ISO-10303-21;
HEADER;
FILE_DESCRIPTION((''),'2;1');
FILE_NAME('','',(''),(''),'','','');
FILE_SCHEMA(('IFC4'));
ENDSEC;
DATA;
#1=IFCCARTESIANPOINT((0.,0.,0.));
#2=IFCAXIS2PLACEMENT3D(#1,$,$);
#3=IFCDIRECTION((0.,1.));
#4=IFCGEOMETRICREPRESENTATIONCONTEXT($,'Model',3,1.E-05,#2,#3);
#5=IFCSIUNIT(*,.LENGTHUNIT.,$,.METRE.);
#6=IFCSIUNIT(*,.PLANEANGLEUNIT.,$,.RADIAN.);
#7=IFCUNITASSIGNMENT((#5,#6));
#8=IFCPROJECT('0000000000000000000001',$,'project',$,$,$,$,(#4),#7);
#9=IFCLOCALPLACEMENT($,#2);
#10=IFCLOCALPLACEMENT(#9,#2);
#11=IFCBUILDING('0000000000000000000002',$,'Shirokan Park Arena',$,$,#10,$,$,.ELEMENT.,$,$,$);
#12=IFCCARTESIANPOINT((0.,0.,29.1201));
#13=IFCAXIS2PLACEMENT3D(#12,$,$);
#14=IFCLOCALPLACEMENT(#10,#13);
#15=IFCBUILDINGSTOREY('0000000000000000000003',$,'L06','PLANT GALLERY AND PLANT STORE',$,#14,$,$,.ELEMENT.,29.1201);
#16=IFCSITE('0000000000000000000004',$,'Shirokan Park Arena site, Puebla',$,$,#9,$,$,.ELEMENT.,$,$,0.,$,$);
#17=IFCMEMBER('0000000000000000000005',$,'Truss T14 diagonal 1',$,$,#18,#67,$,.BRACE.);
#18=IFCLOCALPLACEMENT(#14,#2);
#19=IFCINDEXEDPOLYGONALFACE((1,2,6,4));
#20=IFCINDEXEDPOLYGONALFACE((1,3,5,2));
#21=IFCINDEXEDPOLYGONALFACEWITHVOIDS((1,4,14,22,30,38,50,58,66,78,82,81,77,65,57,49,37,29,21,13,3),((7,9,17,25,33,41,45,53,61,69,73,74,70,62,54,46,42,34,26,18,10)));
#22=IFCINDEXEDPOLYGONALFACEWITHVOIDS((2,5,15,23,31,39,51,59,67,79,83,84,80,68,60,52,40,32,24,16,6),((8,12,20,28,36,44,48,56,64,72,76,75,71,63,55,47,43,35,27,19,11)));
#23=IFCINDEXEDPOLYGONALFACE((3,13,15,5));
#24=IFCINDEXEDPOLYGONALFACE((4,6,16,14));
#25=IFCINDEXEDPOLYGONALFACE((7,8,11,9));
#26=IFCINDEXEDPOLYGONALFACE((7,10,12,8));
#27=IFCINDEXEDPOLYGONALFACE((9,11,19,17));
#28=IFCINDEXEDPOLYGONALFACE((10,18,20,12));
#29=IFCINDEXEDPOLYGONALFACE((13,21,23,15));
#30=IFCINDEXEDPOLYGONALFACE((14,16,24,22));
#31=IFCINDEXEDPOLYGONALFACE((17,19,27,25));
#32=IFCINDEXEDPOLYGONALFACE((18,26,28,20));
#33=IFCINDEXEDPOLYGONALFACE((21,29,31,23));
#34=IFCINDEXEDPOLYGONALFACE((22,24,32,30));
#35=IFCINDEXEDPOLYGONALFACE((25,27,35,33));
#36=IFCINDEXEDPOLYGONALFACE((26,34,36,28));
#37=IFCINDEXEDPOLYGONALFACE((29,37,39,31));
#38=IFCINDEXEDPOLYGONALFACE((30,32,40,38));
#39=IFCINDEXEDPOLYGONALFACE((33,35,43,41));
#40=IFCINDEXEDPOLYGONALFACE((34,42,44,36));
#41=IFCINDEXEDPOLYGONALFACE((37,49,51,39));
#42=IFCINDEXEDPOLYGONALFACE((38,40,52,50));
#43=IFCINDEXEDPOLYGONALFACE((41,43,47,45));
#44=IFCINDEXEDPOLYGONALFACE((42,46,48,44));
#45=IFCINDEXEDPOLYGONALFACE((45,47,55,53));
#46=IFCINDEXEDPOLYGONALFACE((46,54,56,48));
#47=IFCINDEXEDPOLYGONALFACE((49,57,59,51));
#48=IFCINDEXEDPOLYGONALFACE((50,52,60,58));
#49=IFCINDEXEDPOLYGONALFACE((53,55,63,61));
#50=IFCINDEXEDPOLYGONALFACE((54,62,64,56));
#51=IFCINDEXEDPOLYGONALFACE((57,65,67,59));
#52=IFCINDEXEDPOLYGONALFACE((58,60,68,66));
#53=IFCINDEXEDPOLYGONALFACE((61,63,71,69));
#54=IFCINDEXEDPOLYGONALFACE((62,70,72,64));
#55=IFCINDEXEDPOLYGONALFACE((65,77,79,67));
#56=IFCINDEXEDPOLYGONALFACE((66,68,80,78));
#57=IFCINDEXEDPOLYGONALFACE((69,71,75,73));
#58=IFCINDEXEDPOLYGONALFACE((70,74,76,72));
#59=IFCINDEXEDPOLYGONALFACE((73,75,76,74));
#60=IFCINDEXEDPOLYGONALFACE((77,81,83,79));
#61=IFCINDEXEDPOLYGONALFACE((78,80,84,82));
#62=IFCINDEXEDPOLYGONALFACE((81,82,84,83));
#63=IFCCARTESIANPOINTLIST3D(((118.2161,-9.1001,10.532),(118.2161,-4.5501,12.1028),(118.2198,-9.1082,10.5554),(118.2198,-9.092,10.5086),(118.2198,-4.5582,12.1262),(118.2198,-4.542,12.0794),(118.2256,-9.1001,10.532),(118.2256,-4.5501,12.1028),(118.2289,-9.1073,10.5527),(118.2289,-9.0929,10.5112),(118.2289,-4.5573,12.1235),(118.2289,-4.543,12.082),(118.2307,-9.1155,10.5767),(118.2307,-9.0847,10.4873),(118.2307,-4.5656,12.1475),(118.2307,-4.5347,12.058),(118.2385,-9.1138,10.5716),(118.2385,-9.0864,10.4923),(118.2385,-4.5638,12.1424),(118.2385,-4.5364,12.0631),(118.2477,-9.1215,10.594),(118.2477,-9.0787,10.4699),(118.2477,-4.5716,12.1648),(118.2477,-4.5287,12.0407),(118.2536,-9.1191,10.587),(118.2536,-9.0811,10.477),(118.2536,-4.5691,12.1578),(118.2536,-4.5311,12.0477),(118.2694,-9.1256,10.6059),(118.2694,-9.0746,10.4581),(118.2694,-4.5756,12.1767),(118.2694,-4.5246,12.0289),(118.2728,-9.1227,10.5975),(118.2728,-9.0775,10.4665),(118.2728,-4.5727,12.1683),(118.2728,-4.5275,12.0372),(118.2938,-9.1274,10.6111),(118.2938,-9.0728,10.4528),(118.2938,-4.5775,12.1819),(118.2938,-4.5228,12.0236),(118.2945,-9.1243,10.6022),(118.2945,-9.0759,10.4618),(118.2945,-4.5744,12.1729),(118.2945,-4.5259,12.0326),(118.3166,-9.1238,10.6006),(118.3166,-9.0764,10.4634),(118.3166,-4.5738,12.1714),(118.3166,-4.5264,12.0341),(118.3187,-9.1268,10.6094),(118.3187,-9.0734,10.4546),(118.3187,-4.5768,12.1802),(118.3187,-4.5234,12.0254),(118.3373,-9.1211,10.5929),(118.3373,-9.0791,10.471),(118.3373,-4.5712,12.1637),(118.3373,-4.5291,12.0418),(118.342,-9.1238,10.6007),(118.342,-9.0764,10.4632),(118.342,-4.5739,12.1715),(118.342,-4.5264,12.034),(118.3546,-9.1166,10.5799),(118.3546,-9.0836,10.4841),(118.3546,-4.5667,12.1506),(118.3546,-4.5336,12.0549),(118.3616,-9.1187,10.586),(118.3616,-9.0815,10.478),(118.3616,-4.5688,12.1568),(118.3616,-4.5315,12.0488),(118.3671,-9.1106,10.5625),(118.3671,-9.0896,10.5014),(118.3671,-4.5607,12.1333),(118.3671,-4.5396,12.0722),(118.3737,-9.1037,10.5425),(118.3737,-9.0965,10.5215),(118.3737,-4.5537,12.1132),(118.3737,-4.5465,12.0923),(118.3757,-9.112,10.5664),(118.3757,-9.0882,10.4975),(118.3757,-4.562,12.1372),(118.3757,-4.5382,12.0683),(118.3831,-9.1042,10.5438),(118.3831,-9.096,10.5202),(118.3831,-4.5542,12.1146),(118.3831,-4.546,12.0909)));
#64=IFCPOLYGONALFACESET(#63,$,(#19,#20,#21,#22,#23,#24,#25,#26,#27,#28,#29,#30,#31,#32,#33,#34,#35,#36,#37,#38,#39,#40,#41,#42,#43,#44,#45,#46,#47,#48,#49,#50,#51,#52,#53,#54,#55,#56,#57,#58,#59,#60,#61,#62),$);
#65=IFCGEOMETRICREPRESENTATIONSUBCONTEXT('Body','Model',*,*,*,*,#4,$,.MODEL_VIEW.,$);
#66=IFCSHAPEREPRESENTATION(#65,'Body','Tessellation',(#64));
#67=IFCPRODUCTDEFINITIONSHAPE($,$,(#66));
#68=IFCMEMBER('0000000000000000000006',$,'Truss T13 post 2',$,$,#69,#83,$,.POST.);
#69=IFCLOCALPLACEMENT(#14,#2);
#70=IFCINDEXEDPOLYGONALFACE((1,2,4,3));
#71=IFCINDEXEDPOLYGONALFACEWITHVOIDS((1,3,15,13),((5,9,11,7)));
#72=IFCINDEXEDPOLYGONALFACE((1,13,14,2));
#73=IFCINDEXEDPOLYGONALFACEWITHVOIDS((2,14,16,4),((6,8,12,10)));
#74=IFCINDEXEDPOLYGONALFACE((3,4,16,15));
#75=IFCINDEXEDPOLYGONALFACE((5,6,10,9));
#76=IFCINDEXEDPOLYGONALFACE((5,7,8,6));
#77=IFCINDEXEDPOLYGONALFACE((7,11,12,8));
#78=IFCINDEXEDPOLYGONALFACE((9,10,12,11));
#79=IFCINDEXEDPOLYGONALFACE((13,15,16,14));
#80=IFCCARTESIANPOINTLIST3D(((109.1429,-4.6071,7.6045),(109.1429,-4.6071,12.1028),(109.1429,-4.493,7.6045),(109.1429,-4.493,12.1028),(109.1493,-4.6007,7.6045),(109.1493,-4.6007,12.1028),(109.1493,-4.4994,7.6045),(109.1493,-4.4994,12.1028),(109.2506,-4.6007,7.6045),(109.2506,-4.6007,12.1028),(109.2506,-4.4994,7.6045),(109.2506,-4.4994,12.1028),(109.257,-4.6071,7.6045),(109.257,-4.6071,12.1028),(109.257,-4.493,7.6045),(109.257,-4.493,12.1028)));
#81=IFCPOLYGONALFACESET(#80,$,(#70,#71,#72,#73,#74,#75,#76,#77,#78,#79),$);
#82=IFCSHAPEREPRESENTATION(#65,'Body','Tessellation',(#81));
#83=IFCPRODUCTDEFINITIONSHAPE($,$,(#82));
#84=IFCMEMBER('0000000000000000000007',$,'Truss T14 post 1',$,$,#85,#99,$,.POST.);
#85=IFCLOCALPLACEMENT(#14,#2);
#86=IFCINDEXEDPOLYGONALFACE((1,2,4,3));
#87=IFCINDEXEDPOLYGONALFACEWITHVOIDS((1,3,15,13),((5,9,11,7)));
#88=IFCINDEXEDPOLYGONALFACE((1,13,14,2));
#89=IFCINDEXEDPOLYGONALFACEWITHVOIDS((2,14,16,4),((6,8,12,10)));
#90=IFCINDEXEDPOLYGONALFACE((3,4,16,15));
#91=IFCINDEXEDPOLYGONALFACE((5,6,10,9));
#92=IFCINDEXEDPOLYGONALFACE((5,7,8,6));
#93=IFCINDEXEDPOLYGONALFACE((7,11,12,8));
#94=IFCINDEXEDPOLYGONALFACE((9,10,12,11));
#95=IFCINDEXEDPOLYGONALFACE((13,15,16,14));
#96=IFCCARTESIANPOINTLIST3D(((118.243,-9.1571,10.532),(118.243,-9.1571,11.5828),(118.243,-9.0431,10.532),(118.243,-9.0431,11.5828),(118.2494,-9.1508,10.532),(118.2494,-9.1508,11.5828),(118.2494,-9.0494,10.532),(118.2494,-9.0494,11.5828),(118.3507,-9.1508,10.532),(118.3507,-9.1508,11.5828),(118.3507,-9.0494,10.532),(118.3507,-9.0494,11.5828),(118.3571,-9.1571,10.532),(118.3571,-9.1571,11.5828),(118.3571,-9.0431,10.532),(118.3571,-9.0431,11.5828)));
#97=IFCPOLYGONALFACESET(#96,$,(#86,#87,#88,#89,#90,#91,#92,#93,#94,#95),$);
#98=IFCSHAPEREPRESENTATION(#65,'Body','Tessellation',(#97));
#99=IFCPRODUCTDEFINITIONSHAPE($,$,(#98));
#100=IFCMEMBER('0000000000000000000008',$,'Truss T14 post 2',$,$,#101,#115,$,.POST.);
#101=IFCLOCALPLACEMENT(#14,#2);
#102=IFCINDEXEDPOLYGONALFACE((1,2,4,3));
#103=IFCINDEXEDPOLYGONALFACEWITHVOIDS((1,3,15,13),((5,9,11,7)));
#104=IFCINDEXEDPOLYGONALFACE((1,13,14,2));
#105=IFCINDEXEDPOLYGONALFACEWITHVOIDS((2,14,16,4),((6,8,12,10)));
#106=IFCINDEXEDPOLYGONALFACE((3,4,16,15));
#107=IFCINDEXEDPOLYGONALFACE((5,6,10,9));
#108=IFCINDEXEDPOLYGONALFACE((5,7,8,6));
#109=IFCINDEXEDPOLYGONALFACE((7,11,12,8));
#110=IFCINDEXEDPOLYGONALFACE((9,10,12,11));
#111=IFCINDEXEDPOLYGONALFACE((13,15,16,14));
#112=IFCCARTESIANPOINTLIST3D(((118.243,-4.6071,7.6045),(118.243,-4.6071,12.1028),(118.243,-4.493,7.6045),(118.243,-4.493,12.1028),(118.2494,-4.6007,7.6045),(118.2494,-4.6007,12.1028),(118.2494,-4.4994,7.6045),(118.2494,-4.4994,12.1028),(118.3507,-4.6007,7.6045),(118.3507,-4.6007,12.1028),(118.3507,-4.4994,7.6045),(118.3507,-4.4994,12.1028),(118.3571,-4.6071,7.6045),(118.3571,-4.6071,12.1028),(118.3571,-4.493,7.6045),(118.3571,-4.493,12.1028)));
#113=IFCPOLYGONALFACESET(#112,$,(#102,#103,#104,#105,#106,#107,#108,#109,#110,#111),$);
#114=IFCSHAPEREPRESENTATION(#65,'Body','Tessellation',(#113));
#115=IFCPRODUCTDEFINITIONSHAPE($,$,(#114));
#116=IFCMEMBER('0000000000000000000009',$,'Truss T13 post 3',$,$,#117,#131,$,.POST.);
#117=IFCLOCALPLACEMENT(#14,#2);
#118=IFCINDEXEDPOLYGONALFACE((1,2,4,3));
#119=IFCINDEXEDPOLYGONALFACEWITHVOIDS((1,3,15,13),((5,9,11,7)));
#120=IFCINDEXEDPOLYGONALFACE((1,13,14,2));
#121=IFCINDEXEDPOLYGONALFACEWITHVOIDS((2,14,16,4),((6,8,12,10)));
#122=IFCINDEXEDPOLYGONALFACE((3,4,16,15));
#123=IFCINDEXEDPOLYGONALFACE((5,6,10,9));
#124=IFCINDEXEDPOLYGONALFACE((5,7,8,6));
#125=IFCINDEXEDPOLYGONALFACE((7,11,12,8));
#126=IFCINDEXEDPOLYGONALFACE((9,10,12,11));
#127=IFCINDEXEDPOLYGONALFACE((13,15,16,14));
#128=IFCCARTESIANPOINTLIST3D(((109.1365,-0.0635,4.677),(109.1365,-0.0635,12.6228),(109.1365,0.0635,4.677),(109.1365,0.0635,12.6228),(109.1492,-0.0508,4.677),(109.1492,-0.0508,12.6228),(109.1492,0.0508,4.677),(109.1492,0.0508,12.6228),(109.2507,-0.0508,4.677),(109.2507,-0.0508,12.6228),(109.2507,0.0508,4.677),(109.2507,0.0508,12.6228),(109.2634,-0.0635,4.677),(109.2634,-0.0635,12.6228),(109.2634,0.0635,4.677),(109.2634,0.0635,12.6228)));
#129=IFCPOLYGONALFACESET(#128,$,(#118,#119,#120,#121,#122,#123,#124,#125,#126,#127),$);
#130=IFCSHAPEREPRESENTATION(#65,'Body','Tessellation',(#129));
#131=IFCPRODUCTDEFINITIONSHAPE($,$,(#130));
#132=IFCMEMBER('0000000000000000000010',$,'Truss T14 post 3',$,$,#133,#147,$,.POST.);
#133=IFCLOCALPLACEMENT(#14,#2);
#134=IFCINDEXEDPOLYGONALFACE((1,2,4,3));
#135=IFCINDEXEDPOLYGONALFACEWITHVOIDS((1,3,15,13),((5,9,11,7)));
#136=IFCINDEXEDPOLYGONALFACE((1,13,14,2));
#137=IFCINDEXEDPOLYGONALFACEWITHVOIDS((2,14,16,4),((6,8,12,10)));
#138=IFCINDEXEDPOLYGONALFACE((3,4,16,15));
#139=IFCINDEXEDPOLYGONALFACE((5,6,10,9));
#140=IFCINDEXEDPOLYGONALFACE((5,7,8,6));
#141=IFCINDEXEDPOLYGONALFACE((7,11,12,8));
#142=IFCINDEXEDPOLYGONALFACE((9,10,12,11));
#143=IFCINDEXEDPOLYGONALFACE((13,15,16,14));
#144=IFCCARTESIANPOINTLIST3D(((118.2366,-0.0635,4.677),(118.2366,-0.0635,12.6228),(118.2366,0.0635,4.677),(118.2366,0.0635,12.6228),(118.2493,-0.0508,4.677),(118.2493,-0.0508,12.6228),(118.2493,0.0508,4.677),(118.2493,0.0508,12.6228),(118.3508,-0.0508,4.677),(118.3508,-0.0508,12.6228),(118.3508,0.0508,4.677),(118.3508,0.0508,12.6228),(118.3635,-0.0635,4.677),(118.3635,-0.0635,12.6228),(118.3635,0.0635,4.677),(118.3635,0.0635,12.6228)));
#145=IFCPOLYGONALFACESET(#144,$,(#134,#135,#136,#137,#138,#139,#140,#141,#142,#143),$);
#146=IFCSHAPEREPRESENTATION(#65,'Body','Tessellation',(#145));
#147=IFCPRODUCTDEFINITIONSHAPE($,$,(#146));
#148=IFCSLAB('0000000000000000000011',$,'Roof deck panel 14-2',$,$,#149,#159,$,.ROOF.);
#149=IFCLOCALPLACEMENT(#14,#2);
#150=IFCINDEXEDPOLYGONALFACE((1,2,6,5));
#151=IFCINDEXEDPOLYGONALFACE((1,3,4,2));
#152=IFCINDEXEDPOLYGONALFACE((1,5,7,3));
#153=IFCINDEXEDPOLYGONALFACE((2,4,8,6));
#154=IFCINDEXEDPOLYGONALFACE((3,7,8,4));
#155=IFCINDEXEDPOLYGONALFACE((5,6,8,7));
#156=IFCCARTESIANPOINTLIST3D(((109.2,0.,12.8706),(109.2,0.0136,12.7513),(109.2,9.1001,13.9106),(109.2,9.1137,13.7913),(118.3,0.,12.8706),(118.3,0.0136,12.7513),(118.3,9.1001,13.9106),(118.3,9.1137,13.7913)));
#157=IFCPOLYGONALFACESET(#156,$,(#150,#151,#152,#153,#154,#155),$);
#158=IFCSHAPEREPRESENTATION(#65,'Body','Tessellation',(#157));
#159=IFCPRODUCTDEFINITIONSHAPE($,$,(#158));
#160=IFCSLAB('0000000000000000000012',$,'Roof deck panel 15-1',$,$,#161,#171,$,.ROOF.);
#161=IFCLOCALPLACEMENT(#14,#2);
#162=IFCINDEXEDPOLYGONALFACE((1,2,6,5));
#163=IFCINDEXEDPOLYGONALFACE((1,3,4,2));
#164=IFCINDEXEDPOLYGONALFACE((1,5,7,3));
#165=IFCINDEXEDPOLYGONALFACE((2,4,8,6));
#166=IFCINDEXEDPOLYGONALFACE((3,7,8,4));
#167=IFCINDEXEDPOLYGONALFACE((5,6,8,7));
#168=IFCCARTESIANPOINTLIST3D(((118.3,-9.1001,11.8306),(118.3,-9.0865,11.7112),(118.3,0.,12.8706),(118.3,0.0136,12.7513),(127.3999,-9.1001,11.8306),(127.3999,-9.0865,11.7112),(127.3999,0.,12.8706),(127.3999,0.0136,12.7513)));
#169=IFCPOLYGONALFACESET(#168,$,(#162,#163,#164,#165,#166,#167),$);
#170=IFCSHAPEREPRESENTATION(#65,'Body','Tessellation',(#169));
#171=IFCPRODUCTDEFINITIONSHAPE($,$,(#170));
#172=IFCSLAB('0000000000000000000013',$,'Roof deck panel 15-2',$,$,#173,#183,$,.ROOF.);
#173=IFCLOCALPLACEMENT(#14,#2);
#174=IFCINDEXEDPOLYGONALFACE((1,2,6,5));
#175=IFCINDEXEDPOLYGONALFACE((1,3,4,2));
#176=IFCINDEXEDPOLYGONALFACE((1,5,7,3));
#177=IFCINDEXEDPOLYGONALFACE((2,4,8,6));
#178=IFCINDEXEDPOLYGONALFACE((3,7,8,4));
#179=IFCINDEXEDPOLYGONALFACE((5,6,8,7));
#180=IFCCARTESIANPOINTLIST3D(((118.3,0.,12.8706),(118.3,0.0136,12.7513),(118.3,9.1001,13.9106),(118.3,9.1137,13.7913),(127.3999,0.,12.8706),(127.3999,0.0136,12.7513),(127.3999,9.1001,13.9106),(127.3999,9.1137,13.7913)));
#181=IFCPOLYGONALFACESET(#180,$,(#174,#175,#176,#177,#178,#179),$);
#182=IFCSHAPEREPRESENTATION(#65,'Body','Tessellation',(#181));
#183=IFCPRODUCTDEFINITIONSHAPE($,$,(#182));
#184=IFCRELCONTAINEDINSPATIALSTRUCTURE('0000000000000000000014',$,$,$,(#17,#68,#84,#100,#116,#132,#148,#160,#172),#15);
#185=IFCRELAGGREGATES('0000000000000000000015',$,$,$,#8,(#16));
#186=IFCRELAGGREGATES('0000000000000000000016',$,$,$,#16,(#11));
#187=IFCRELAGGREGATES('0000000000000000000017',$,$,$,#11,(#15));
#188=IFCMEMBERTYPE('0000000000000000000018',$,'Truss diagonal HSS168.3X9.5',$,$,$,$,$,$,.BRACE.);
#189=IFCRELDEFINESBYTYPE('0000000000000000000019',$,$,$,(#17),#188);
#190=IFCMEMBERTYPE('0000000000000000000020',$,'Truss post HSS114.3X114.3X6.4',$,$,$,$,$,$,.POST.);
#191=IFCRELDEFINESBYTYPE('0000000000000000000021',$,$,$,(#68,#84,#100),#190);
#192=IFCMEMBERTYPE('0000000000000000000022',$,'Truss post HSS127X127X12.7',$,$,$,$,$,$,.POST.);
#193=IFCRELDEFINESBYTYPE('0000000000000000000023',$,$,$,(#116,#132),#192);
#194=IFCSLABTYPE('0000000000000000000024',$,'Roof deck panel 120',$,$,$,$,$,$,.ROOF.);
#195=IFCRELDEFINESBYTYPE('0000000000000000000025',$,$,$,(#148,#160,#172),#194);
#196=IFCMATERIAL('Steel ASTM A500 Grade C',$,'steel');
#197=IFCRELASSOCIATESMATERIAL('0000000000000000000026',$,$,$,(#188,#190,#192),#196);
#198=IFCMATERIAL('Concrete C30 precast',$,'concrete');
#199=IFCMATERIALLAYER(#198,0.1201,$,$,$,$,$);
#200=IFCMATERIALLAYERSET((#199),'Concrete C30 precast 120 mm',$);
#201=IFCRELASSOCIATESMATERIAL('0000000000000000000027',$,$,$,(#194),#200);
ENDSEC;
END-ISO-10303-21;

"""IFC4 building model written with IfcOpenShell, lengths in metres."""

from ifc_helpers import new_model, si_unit, direction, frame, origin, origin_2d, place, context, subcontext, project, spatial, polyline, hollow_rectangle, hollow_circle, outline, extrude, material, layer, layer_set, material_profile, profile_set, type_object, element, save


model = new_model("IFC4")

# Units and contexts
model_context = context("Model", 3, precision=1e-05, world=origin(), true_north=direction((0.0, 1.0)))
body_context = subcontext(model_context, "Body", "Model", "MODEL_VIEW")
ifc_project = project(units=[si_unit("LENGTHUNIT", "METRE"), si_unit("PLANEANGLEUNIT", "RADIAN")], contexts=[model_context])

# Site, building, storey
site_placement = place(None, origin())
site = spatial("IfcSite", under=ifc_project, at=site_placement, Name="Shirokan Park Arena site, Puebla", CompositionType="ELEMENT", RefElevation=0.0)
building_placement = place(site_placement, origin())
building = spatial("IfcBuilding", under=site, at=building_placement, Name="Shirokan Park Arena", CompositionType="ELEMENT")
storey_placement = place(building_placement, frame((0.0, 0.0, 29.1201)))
storey = spatial("IfcBuildingStorey", under=building, at=storey_placement, Name="L06", Description="PLANT GALLERY AND PLANT STORE", CompositionType="ELEMENT", Elevation=29.1201)

# Shared definitions
ifc_material_1 = material(Name="Steel ASTM A500 Grade C", Category="steel")

# Members
ifc_material_profile_1 = material_profile(ifc_material_1, hollow_circle(Radius=0.084, WallThickness=0.0095, at=origin_2d()), Name="HSS168.3X9.5")
ifc_profile_set_1 = profile_set([ifc_material_profile_1], Name="Steel ASTM A500 Grade C")
member_type_1 = type_object("IfcMemberType", Name="Truss diagonal HSS168.3X9.5", PredefinedType="BRACE", material=ifc_profile_set_1)
member_1_placement = place(storey_placement, frame((118.3, -9.1001, 10.532), z_axis=(0.0, 0.945256, 0.326328), x_axis=(-1.0, 0.0, 0.0)))
element("IfcMember", 1, at=member_1_placement, inside=storey, type_object=member_type_1, Name="Truss T14 diagonal 1", PredefinedType="BRACE", context=body_context, shape_type="SweptSolid", body=[
    extrude(hollow_circle(Radius=0.084, WallThickness=0.0095, at=origin_2d()), origin(), (0.0, 0.0, 1.0), 4.8135),
])
ifc_material_profile_2 = material_profile(ifc_material_1, hollow_rectangle(XDim=0.114, YDim=0.114, WallThickness=0.0063, at=origin_2d()), Name="HSS114.3X114.3X6.4")
ifc_profile_set_2 = profile_set([ifc_material_profile_2], Name="Steel ASTM A500 Grade C")
member_type_2 = type_object("IfcMemberType", Name="Truss post HSS114.3X114.3X6.4", PredefinedType="POST", material=ifc_profile_set_2)
member_2_placement = place(storey_placement, frame((109.2, -4.55, 7.6045), z_axis=(0.0, 0.0, 1.0), x_axis=(1.0, 0.0, 0.0)))
element("IfcMember", 2, at=member_2_placement, inside=storey, type_object=member_type_2, Name="Truss T13 post 2", PredefinedType="POST", context=body_context, shape_type="SweptSolid", body=[
    extrude(hollow_rectangle(XDim=0.114, YDim=0.114, WallThickness=0.0063, at=origin_2d()), origin(), (0.0, 0.0, 1.0), 4.4983),
])
member_3_placement = place(storey_placement, frame((118.3, -9.1001, 10.532), z_axis=(0.0, 0.0, 1.0), x_axis=(1.0, 0.0, 0.0)))
element("IfcMember", 3, at=member_3_placement, inside=storey, type_object=member_type_2, Name="Truss T14 post 1", PredefinedType="POST", context=body_context, shape_type="SweptSolid", body=[
    extrude(hollow_rectangle(XDim=0.114, YDim=0.114, WallThickness=0.0063, at=origin_2d()), origin(), (0.0, 0.0, 1.0), 1.0508),
])
member_4_placement = place(storey_placement, frame((118.3, -4.55, 7.6045), z_axis=(0.0, 0.0, 1.0), x_axis=(1.0, 0.0, 0.0)))
element("IfcMember", 4, at=member_4_placement, inside=storey, type_object=member_type_2, Name="Truss T14 post 2", PredefinedType="POST", context=body_context, shape_type="SweptSolid", body=[
    extrude(hollow_rectangle(XDim=0.114, YDim=0.114, WallThickness=0.0063, at=origin_2d()), origin(), (0.0, 0.0, 1.0), 4.4983),
])
ifc_material_profile_3 = material_profile(ifc_material_1, hollow_rectangle(XDim=0.127, YDim=0.127, WallThickness=0.0127, at=origin_2d()), Name="HSS127X127X12.7")
ifc_profile_set_3 = profile_set([ifc_material_profile_3], Name="Steel ASTM A500 Grade C")
member_type_3 = type_object("IfcMemberType", Name="Truss post HSS127X127X12.7", PredefinedType="POST", material=ifc_profile_set_3)
for number, where, z_axis, x_axis, name in (
    (5, (109.2, 0.0, 4.677), (0.0, 0.0, 1.0), (1.0, 0.0, 0.0), "Truss T13 post 3"),
    (6, (118.3, 0.0, 4.677), (0.0, 0.0, 1.0), (1.0, 0.0, 0.0), "Truss T14 post 3"),
):
    element("IfcMember", number, at=place(storey_placement, frame(where, z_axis=z_axis, x_axis=x_axis)), inside=storey, type_object=member_type_3, Name=name, PredefinedType="POST", context=body_context, shape_type="SweptSolid", body=[
        extrude(hollow_rectangle(XDim=0.127, YDim=0.127, WallThickness=0.0127, at=origin_2d()), origin(), (0.0, 0.0, 1.0), 7.9458),
    ])

# Slabs
ifc_material_2 = material(Name="Concrete C30 precast", Category="concrete")
ifc_layer_1 = layer(ifc_material_2, 0.1201)
ifc_layer_set_1 = layer_set([ifc_layer_1], Name="Concrete C30 precast 120 mm")
slab_type = type_object("IfcSlabType", Name="Roof deck panel 120", PredefinedType="ROOF", material=ifc_layer_set_1)
slab_placement = place(storey_placement, frame((109.2, 0.0, 12.8706), z_axis=(0.0, -0.11355, 0.993532), x_axis=(1.0, 0.0, 0.0)))
element("IfcSlab", 7, at=slab_placement, inside=storey, type_object=slab_type, Name="Roof deck panel 14-2", PredefinedType="ROOF", context=body_context, shape_type="SweptSolid", body=[
    extrude(outline(polyline([(0.0, 0.0), (9.1001, 0.0), (9.1001, 9.1593), (0.0, 9.1593), (0.0, 0.0)])), origin(), (0.0, 0.0, -1.0), 0.1201),
])
for number, where, z_axis, x_axis, name in (
    (8, (118.3, -9.1001, 11.8306), (0.0, -0.11355, 0.993532), (1.0, 0.0, 0.0), "Roof deck panel 15-1"),
    (9, (118.3, 0.0, 12.8706), (0.0, -0.11355, 0.993532), (1.0, 0.0, 0.0), "Roof deck panel 15-2"),
):
    element("IfcSlab", number, at=place(storey_placement, frame(where, z_axis=z_axis, x_axis=x_axis)), inside=storey, type_object=slab_type, Name=name, PredefinedType="ROOF", context=body_context, shape_type="SweptSolid", body=[
        extrude(outline(polyline([(0.0, 0.0), (9.0999, 0.0), (9.0999, 9.1593), (0.0, 9.1593), (0.0, 0.0)])), origin(), (0.0, 0.0, -1.0), 0.1201),
    ])

save(model, "model.ifc")
